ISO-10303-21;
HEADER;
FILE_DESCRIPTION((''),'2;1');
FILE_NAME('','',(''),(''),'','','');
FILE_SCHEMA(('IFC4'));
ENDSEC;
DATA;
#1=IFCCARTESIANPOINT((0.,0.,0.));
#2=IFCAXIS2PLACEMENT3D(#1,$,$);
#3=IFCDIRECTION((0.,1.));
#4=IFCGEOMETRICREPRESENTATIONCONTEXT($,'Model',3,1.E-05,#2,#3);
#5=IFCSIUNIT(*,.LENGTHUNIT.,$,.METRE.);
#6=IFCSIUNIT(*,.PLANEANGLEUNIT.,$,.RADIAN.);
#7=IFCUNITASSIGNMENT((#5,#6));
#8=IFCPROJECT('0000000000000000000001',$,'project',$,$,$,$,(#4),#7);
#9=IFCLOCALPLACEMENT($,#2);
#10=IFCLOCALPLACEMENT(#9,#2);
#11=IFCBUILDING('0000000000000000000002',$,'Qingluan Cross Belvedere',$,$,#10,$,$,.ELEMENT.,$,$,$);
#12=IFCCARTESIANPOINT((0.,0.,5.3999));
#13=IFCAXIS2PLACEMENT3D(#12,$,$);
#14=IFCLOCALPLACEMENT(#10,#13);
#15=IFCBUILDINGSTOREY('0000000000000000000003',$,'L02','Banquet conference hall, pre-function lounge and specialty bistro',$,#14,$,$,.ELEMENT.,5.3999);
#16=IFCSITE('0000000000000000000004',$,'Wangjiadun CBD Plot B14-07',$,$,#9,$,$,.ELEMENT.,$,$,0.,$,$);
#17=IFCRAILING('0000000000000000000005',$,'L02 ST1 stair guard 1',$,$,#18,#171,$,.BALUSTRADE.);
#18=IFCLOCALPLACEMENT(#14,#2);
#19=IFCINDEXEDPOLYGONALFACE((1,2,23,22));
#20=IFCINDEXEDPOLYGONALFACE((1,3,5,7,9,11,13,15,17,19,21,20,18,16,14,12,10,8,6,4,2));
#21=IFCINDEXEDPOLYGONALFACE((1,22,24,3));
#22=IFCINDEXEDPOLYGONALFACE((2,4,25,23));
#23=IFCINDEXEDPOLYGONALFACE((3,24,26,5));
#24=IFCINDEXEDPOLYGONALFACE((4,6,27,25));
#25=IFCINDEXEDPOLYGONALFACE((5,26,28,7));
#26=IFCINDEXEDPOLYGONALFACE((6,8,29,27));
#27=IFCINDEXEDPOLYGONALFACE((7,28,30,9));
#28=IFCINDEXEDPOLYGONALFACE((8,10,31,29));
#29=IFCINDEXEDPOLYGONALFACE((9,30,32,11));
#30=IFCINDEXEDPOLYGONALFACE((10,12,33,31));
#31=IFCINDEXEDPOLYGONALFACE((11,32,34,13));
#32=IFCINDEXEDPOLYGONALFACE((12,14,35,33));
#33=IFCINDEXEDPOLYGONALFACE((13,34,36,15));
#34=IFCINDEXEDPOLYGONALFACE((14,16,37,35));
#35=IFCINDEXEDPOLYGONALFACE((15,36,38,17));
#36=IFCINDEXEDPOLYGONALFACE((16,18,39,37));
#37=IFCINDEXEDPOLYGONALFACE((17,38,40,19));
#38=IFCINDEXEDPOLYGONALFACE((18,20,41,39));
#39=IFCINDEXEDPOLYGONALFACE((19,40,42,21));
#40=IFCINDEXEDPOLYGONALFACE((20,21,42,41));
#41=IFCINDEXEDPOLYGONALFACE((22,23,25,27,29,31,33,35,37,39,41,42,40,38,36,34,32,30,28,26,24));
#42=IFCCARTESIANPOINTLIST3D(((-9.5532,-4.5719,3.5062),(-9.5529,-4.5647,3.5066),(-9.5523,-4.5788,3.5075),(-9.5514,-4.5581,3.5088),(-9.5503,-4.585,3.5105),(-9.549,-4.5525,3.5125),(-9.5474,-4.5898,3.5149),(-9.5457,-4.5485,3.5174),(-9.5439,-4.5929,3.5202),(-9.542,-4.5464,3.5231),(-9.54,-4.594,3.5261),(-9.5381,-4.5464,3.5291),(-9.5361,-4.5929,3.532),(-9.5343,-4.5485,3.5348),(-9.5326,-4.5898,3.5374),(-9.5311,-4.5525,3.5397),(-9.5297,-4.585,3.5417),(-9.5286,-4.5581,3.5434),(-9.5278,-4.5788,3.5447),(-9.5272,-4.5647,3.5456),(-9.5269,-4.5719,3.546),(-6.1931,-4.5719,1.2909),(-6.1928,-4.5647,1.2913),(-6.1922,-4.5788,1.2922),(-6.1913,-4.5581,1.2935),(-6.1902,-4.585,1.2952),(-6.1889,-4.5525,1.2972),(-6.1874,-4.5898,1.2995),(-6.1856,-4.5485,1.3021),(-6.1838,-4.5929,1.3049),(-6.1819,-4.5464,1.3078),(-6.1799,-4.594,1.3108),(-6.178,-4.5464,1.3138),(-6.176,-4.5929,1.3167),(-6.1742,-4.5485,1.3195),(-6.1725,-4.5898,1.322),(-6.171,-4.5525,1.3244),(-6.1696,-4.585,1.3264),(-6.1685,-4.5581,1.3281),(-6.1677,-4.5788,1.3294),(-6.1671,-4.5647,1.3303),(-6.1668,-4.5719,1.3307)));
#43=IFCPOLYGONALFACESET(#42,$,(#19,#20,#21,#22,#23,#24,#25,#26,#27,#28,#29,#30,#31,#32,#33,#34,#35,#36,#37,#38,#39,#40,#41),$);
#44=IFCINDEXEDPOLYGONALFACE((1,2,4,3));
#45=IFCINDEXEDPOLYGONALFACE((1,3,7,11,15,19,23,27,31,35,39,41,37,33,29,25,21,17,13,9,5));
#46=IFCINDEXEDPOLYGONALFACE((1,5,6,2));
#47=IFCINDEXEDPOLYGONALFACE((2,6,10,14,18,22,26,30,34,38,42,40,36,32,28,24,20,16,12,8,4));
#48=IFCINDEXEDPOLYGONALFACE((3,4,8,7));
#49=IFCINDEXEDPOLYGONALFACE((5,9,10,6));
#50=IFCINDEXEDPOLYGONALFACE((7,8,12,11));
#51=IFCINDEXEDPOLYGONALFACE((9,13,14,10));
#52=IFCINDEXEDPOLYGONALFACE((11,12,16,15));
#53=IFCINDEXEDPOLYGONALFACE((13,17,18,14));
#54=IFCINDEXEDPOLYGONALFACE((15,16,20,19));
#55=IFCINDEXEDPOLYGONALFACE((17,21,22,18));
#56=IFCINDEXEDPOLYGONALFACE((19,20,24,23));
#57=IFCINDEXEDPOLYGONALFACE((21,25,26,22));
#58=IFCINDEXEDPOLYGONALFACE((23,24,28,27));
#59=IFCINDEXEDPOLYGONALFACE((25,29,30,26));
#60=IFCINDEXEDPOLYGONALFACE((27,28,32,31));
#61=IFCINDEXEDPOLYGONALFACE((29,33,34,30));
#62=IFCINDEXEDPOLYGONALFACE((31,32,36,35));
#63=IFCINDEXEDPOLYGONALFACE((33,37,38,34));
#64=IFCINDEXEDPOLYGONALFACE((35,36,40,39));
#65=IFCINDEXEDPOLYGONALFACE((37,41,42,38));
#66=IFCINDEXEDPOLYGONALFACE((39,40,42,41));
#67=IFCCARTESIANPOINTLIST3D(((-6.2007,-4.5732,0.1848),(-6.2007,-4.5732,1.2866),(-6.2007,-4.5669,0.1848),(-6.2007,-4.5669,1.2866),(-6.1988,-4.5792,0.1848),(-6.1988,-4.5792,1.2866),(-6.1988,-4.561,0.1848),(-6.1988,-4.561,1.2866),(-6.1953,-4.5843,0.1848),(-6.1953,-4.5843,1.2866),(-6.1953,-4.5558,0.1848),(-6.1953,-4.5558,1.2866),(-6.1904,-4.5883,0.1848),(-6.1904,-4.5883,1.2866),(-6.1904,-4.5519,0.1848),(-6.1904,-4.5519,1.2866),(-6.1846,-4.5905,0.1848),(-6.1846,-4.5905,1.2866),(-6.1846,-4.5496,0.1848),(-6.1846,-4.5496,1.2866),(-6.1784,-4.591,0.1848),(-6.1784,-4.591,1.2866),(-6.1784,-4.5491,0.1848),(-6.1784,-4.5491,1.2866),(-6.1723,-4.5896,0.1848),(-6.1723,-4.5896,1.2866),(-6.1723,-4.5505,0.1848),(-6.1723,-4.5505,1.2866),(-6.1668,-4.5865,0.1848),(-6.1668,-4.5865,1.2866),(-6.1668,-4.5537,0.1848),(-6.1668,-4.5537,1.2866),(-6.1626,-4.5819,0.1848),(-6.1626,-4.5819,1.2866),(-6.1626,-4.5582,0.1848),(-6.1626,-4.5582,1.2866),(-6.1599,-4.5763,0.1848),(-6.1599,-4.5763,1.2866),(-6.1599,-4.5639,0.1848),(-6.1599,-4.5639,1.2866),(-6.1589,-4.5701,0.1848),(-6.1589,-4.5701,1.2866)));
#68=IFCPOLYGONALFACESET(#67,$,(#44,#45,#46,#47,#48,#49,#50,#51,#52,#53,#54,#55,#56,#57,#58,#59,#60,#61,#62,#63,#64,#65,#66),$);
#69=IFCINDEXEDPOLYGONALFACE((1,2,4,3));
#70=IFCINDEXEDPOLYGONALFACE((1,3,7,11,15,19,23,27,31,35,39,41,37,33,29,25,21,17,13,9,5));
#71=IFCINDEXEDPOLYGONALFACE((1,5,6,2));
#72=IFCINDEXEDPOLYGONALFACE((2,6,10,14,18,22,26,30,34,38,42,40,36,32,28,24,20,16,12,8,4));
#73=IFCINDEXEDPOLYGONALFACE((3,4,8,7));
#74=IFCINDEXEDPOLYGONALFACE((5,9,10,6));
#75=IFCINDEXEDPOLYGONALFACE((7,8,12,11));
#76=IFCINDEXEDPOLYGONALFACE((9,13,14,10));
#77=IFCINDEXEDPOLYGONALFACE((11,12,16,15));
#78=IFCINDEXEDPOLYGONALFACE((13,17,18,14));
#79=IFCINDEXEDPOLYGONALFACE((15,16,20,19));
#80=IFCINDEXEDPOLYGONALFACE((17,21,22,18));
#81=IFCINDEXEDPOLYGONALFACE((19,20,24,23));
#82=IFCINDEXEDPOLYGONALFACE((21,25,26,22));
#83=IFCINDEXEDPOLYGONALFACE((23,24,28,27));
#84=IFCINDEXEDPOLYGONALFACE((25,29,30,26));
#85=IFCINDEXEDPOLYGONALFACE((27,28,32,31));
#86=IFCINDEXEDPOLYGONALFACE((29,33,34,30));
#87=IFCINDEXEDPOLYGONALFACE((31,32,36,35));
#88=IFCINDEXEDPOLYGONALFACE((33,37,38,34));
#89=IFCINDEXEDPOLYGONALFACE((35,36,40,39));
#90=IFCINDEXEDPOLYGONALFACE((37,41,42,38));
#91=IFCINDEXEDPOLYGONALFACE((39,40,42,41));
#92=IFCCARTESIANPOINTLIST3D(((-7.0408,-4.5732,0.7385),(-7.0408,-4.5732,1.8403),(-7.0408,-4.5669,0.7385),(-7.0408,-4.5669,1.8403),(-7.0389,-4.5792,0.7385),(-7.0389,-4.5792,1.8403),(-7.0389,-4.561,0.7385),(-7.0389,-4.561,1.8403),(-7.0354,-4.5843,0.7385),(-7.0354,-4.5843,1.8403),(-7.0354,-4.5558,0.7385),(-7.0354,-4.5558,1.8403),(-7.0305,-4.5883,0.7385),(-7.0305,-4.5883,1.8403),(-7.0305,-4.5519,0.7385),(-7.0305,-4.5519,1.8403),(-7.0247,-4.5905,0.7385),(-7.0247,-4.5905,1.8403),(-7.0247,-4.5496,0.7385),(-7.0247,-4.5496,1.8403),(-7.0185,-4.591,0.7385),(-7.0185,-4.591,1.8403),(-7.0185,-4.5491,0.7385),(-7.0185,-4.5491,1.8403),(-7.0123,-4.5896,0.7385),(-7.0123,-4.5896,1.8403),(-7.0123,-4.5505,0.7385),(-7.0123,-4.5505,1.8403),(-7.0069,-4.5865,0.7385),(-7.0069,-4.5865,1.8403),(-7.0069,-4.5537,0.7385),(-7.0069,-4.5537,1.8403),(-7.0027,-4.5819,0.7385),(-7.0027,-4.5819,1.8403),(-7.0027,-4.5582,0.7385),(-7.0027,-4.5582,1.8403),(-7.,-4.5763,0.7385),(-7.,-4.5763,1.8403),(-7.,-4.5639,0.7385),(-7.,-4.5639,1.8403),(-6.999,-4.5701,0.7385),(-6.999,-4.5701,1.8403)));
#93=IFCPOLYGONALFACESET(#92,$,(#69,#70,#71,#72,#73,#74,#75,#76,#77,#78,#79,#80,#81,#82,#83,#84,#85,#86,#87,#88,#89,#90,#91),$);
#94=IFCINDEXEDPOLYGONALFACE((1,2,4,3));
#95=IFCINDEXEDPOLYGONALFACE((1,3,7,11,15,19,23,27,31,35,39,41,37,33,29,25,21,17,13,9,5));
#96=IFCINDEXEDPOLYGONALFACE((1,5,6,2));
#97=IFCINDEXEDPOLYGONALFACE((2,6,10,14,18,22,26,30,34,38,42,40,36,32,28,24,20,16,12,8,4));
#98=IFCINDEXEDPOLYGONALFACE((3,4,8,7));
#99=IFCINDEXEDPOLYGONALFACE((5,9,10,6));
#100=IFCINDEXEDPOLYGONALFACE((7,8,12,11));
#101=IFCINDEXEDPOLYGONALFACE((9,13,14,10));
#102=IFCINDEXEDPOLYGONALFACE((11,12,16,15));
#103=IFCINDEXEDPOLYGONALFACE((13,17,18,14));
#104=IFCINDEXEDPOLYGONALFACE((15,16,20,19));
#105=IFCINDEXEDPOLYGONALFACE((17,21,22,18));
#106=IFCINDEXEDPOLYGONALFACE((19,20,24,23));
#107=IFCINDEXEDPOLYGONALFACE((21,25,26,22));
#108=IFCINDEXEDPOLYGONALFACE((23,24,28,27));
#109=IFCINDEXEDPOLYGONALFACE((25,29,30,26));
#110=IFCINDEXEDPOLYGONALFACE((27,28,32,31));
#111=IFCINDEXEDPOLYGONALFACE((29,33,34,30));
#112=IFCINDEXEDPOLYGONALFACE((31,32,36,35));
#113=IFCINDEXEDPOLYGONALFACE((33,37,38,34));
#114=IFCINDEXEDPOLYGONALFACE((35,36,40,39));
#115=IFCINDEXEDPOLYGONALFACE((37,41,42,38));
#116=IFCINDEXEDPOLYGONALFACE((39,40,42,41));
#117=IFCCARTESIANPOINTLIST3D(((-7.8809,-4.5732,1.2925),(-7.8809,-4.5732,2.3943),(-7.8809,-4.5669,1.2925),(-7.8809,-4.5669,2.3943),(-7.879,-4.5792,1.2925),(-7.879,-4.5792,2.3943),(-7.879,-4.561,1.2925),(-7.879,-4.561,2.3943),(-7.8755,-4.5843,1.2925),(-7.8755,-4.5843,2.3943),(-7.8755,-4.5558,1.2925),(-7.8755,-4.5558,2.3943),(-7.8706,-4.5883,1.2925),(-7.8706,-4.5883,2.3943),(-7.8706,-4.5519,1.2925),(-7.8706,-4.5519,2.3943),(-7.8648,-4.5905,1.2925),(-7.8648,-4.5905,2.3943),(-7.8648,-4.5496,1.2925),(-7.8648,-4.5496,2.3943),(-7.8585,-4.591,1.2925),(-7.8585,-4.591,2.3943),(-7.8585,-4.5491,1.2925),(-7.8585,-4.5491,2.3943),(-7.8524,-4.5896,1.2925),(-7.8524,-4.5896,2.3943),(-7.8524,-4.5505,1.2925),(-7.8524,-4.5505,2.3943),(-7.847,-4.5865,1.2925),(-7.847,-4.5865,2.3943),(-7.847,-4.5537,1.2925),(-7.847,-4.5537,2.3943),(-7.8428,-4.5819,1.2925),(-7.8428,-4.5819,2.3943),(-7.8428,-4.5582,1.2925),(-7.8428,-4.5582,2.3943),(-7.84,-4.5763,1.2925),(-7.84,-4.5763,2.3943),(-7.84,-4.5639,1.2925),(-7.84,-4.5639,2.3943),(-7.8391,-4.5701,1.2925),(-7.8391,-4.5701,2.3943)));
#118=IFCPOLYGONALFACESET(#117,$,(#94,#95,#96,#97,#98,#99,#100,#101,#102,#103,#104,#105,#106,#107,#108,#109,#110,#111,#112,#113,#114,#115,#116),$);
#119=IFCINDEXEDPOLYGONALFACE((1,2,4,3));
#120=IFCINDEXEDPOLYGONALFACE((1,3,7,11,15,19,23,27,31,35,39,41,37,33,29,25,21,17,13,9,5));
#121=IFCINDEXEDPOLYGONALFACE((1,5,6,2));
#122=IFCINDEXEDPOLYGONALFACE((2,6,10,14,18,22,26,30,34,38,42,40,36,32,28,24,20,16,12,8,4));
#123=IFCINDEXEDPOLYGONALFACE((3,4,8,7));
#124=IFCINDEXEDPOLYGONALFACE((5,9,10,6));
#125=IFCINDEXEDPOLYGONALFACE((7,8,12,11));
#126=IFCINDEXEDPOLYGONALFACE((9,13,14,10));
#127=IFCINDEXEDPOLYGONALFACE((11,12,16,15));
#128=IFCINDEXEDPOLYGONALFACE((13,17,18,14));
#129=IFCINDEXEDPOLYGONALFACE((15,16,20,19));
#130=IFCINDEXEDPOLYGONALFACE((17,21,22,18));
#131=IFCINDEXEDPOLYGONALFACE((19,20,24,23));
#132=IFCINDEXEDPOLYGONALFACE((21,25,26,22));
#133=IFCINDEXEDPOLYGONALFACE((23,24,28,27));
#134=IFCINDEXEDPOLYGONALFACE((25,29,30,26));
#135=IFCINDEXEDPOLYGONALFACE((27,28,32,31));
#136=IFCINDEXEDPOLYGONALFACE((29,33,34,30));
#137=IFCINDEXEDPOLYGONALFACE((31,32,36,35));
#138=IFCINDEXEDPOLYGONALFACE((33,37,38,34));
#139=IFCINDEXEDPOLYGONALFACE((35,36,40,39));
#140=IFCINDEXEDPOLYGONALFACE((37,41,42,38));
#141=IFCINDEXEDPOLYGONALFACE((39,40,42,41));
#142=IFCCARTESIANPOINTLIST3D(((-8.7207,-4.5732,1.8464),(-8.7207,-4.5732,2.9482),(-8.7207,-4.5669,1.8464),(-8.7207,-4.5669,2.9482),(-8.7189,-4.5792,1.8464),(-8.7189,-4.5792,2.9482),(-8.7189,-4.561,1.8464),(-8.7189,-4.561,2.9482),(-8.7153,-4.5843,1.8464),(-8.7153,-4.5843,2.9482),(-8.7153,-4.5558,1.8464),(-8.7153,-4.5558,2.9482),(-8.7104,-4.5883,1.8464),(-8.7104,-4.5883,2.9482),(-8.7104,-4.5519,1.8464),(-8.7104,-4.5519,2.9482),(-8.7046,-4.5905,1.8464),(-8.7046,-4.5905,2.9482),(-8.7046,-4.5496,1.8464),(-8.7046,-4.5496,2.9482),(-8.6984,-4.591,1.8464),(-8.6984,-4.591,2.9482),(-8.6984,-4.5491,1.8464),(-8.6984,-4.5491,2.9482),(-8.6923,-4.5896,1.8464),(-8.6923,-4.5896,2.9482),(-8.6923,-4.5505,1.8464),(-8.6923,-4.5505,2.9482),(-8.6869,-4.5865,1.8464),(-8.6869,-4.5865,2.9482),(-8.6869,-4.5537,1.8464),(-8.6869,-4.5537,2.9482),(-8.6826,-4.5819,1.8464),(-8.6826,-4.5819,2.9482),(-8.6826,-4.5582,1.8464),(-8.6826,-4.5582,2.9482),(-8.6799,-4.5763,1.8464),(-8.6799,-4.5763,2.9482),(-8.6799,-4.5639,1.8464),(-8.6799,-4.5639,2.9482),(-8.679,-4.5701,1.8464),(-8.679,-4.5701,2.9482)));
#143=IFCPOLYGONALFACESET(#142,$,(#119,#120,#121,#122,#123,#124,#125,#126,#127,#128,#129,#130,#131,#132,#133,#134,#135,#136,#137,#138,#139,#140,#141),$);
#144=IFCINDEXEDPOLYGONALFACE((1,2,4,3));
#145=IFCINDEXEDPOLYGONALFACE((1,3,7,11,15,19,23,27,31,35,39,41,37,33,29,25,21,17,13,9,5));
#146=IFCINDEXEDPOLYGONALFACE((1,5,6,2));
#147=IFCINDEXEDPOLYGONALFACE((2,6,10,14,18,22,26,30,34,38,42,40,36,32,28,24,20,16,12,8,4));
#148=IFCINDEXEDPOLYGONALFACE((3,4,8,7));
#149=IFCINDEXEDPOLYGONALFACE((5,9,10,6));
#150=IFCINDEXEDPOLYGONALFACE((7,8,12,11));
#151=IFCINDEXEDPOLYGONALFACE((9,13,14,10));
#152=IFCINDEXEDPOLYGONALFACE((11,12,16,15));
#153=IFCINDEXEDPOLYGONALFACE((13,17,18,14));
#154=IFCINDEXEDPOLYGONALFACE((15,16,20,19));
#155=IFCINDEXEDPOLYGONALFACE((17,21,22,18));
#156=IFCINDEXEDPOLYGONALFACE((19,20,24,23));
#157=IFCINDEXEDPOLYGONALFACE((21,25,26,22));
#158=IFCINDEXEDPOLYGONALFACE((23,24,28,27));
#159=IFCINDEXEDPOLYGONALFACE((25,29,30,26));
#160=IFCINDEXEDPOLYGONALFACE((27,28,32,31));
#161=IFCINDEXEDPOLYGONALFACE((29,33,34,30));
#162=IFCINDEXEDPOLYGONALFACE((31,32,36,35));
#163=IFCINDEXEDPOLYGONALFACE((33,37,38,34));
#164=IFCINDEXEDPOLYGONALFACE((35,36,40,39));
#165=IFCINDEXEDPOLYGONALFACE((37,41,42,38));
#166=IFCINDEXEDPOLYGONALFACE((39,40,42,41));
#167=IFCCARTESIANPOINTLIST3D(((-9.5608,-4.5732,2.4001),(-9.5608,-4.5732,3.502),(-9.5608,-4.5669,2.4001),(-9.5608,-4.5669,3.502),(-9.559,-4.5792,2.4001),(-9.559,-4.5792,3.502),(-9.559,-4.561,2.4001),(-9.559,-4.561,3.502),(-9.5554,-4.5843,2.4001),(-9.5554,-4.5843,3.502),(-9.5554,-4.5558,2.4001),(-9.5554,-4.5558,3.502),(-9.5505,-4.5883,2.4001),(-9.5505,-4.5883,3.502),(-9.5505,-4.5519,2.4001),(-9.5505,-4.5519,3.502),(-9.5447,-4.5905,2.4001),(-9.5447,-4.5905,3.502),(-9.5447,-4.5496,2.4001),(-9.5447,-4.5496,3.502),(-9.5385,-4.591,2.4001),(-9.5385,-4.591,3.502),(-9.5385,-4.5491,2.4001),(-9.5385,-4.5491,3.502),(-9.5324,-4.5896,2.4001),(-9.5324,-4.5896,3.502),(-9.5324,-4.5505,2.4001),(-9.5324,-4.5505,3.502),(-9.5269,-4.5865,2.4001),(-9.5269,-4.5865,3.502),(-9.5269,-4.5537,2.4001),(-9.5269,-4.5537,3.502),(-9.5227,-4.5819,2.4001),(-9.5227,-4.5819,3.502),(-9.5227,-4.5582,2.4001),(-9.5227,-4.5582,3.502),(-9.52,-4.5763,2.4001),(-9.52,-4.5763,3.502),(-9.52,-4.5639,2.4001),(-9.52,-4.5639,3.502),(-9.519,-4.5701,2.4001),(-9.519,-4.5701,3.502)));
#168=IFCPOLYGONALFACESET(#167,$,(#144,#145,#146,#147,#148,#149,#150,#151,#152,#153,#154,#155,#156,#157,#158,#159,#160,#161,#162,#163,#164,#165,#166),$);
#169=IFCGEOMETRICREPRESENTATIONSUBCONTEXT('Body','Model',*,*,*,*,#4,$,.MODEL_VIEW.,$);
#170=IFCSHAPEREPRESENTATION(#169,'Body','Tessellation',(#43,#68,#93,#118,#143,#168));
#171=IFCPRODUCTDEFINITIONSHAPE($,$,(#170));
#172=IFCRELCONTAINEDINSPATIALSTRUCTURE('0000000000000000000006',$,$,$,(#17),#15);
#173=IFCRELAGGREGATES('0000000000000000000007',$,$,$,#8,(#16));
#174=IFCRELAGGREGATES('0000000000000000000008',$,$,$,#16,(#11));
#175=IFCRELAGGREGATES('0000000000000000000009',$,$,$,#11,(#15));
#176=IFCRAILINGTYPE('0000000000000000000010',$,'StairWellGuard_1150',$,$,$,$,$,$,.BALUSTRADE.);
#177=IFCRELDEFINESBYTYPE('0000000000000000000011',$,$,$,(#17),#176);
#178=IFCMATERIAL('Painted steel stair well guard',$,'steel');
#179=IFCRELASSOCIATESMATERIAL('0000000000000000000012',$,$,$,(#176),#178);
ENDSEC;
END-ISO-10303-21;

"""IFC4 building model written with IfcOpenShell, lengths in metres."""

from ifc_helpers import new_model, si_unit, direction, frame, origin, origin_2d, place, context, subcontext, project, spatial, circle, extrude, material, type_object, element, save


model = new_model("IFC4")

# Units and contexts
model_context = context("Model", 3, precision=1e-05, world=origin(), true_north=direction((0.0, 1.0)))
body_context = subcontext(model_context, "Body", "Model", "MODEL_VIEW")
ifc_project = project(units=[si_unit("LENGTHUNIT", "METRE"), si_unit("PLANEANGLEUNIT", "RADIAN")], contexts=[model_context])

# Site, building, storey
site_placement = place(None, origin())
site = spatial("IfcSite", under=ifc_project, at=site_placement, Name="Wangjiadun CBD Plot B14-07", CompositionType="ELEMENT", RefElevation=0.0)
building_placement = place(site_placement, origin())
building = spatial("IfcBuilding", under=site, at=building_placement, Name="Qingluan Cross Belvedere", CompositionType="ELEMENT")
storey_placement = place(building_placement, frame((0.0, 0.0, 5.3999)))
storey = spatial("IfcBuildingStorey", under=building, at=storey_placement, Name="L02", Description="Banquet conference hall, pre-function lounge and specialty bistro", CompositionType="ELEMENT", Elevation=5.3999)

# Railing
ifc_material_1 = material(Name="Painted steel stair well guard", Category="steel")
railing_type_1 = type_object("IfcRailingType", Name="StairWellGuard_1150", PredefinedType="BALUSTRADE", material=ifc_material_1)
railing_1_placement = place(storey_placement, frame((-6.1799, -4.5701, 0.1848)))
element("IfcRailing", 1, at=railing_1_placement, inside=storey, type_object=railing_type_1, Name="L02 ST1 stair guard 1", PredefinedType="BALUSTRADE", context=body_context, shape_type="SweptSolid", body=[
    extrude(circle(Radius=0.0239, at=origin_2d()), frame((0.0, 0.0, 1.126), z_axis=(-0.834876, 0.0, 0.550437), x_axis=(0.0, -1.0, 0.0)), (0.0, 0.0, 1.0), 4.0247),
    extrude(circle(Radius=0.021, at=origin_2d()), origin(), (0.0, 0.0, 1.0), 1.1018),
    extrude(circle(Radius=0.021, at=origin_2d()), frame((-0.8401, 0.0, 0.5537)), (0.0, 0.0, 1.0), 1.1018),
    extrude(circle(Radius=0.021, at=origin_2d()), frame((-1.6802, 0.0, 1.1077)), (0.0, 0.0, 1.0), 1.1018),
    extrude(circle(Radius=0.021, at=origin_2d()), frame((-2.52, 0.0, 1.6616)), (0.0, 0.0, 1.0), 1.1018),
    extrude(circle(Radius=0.021, at=origin_2d()), frame((-3.3601, 0.0, 2.2153)), (0.0, 0.0, 1.0), 1.1018),
])

save(model, "model.ifc")
